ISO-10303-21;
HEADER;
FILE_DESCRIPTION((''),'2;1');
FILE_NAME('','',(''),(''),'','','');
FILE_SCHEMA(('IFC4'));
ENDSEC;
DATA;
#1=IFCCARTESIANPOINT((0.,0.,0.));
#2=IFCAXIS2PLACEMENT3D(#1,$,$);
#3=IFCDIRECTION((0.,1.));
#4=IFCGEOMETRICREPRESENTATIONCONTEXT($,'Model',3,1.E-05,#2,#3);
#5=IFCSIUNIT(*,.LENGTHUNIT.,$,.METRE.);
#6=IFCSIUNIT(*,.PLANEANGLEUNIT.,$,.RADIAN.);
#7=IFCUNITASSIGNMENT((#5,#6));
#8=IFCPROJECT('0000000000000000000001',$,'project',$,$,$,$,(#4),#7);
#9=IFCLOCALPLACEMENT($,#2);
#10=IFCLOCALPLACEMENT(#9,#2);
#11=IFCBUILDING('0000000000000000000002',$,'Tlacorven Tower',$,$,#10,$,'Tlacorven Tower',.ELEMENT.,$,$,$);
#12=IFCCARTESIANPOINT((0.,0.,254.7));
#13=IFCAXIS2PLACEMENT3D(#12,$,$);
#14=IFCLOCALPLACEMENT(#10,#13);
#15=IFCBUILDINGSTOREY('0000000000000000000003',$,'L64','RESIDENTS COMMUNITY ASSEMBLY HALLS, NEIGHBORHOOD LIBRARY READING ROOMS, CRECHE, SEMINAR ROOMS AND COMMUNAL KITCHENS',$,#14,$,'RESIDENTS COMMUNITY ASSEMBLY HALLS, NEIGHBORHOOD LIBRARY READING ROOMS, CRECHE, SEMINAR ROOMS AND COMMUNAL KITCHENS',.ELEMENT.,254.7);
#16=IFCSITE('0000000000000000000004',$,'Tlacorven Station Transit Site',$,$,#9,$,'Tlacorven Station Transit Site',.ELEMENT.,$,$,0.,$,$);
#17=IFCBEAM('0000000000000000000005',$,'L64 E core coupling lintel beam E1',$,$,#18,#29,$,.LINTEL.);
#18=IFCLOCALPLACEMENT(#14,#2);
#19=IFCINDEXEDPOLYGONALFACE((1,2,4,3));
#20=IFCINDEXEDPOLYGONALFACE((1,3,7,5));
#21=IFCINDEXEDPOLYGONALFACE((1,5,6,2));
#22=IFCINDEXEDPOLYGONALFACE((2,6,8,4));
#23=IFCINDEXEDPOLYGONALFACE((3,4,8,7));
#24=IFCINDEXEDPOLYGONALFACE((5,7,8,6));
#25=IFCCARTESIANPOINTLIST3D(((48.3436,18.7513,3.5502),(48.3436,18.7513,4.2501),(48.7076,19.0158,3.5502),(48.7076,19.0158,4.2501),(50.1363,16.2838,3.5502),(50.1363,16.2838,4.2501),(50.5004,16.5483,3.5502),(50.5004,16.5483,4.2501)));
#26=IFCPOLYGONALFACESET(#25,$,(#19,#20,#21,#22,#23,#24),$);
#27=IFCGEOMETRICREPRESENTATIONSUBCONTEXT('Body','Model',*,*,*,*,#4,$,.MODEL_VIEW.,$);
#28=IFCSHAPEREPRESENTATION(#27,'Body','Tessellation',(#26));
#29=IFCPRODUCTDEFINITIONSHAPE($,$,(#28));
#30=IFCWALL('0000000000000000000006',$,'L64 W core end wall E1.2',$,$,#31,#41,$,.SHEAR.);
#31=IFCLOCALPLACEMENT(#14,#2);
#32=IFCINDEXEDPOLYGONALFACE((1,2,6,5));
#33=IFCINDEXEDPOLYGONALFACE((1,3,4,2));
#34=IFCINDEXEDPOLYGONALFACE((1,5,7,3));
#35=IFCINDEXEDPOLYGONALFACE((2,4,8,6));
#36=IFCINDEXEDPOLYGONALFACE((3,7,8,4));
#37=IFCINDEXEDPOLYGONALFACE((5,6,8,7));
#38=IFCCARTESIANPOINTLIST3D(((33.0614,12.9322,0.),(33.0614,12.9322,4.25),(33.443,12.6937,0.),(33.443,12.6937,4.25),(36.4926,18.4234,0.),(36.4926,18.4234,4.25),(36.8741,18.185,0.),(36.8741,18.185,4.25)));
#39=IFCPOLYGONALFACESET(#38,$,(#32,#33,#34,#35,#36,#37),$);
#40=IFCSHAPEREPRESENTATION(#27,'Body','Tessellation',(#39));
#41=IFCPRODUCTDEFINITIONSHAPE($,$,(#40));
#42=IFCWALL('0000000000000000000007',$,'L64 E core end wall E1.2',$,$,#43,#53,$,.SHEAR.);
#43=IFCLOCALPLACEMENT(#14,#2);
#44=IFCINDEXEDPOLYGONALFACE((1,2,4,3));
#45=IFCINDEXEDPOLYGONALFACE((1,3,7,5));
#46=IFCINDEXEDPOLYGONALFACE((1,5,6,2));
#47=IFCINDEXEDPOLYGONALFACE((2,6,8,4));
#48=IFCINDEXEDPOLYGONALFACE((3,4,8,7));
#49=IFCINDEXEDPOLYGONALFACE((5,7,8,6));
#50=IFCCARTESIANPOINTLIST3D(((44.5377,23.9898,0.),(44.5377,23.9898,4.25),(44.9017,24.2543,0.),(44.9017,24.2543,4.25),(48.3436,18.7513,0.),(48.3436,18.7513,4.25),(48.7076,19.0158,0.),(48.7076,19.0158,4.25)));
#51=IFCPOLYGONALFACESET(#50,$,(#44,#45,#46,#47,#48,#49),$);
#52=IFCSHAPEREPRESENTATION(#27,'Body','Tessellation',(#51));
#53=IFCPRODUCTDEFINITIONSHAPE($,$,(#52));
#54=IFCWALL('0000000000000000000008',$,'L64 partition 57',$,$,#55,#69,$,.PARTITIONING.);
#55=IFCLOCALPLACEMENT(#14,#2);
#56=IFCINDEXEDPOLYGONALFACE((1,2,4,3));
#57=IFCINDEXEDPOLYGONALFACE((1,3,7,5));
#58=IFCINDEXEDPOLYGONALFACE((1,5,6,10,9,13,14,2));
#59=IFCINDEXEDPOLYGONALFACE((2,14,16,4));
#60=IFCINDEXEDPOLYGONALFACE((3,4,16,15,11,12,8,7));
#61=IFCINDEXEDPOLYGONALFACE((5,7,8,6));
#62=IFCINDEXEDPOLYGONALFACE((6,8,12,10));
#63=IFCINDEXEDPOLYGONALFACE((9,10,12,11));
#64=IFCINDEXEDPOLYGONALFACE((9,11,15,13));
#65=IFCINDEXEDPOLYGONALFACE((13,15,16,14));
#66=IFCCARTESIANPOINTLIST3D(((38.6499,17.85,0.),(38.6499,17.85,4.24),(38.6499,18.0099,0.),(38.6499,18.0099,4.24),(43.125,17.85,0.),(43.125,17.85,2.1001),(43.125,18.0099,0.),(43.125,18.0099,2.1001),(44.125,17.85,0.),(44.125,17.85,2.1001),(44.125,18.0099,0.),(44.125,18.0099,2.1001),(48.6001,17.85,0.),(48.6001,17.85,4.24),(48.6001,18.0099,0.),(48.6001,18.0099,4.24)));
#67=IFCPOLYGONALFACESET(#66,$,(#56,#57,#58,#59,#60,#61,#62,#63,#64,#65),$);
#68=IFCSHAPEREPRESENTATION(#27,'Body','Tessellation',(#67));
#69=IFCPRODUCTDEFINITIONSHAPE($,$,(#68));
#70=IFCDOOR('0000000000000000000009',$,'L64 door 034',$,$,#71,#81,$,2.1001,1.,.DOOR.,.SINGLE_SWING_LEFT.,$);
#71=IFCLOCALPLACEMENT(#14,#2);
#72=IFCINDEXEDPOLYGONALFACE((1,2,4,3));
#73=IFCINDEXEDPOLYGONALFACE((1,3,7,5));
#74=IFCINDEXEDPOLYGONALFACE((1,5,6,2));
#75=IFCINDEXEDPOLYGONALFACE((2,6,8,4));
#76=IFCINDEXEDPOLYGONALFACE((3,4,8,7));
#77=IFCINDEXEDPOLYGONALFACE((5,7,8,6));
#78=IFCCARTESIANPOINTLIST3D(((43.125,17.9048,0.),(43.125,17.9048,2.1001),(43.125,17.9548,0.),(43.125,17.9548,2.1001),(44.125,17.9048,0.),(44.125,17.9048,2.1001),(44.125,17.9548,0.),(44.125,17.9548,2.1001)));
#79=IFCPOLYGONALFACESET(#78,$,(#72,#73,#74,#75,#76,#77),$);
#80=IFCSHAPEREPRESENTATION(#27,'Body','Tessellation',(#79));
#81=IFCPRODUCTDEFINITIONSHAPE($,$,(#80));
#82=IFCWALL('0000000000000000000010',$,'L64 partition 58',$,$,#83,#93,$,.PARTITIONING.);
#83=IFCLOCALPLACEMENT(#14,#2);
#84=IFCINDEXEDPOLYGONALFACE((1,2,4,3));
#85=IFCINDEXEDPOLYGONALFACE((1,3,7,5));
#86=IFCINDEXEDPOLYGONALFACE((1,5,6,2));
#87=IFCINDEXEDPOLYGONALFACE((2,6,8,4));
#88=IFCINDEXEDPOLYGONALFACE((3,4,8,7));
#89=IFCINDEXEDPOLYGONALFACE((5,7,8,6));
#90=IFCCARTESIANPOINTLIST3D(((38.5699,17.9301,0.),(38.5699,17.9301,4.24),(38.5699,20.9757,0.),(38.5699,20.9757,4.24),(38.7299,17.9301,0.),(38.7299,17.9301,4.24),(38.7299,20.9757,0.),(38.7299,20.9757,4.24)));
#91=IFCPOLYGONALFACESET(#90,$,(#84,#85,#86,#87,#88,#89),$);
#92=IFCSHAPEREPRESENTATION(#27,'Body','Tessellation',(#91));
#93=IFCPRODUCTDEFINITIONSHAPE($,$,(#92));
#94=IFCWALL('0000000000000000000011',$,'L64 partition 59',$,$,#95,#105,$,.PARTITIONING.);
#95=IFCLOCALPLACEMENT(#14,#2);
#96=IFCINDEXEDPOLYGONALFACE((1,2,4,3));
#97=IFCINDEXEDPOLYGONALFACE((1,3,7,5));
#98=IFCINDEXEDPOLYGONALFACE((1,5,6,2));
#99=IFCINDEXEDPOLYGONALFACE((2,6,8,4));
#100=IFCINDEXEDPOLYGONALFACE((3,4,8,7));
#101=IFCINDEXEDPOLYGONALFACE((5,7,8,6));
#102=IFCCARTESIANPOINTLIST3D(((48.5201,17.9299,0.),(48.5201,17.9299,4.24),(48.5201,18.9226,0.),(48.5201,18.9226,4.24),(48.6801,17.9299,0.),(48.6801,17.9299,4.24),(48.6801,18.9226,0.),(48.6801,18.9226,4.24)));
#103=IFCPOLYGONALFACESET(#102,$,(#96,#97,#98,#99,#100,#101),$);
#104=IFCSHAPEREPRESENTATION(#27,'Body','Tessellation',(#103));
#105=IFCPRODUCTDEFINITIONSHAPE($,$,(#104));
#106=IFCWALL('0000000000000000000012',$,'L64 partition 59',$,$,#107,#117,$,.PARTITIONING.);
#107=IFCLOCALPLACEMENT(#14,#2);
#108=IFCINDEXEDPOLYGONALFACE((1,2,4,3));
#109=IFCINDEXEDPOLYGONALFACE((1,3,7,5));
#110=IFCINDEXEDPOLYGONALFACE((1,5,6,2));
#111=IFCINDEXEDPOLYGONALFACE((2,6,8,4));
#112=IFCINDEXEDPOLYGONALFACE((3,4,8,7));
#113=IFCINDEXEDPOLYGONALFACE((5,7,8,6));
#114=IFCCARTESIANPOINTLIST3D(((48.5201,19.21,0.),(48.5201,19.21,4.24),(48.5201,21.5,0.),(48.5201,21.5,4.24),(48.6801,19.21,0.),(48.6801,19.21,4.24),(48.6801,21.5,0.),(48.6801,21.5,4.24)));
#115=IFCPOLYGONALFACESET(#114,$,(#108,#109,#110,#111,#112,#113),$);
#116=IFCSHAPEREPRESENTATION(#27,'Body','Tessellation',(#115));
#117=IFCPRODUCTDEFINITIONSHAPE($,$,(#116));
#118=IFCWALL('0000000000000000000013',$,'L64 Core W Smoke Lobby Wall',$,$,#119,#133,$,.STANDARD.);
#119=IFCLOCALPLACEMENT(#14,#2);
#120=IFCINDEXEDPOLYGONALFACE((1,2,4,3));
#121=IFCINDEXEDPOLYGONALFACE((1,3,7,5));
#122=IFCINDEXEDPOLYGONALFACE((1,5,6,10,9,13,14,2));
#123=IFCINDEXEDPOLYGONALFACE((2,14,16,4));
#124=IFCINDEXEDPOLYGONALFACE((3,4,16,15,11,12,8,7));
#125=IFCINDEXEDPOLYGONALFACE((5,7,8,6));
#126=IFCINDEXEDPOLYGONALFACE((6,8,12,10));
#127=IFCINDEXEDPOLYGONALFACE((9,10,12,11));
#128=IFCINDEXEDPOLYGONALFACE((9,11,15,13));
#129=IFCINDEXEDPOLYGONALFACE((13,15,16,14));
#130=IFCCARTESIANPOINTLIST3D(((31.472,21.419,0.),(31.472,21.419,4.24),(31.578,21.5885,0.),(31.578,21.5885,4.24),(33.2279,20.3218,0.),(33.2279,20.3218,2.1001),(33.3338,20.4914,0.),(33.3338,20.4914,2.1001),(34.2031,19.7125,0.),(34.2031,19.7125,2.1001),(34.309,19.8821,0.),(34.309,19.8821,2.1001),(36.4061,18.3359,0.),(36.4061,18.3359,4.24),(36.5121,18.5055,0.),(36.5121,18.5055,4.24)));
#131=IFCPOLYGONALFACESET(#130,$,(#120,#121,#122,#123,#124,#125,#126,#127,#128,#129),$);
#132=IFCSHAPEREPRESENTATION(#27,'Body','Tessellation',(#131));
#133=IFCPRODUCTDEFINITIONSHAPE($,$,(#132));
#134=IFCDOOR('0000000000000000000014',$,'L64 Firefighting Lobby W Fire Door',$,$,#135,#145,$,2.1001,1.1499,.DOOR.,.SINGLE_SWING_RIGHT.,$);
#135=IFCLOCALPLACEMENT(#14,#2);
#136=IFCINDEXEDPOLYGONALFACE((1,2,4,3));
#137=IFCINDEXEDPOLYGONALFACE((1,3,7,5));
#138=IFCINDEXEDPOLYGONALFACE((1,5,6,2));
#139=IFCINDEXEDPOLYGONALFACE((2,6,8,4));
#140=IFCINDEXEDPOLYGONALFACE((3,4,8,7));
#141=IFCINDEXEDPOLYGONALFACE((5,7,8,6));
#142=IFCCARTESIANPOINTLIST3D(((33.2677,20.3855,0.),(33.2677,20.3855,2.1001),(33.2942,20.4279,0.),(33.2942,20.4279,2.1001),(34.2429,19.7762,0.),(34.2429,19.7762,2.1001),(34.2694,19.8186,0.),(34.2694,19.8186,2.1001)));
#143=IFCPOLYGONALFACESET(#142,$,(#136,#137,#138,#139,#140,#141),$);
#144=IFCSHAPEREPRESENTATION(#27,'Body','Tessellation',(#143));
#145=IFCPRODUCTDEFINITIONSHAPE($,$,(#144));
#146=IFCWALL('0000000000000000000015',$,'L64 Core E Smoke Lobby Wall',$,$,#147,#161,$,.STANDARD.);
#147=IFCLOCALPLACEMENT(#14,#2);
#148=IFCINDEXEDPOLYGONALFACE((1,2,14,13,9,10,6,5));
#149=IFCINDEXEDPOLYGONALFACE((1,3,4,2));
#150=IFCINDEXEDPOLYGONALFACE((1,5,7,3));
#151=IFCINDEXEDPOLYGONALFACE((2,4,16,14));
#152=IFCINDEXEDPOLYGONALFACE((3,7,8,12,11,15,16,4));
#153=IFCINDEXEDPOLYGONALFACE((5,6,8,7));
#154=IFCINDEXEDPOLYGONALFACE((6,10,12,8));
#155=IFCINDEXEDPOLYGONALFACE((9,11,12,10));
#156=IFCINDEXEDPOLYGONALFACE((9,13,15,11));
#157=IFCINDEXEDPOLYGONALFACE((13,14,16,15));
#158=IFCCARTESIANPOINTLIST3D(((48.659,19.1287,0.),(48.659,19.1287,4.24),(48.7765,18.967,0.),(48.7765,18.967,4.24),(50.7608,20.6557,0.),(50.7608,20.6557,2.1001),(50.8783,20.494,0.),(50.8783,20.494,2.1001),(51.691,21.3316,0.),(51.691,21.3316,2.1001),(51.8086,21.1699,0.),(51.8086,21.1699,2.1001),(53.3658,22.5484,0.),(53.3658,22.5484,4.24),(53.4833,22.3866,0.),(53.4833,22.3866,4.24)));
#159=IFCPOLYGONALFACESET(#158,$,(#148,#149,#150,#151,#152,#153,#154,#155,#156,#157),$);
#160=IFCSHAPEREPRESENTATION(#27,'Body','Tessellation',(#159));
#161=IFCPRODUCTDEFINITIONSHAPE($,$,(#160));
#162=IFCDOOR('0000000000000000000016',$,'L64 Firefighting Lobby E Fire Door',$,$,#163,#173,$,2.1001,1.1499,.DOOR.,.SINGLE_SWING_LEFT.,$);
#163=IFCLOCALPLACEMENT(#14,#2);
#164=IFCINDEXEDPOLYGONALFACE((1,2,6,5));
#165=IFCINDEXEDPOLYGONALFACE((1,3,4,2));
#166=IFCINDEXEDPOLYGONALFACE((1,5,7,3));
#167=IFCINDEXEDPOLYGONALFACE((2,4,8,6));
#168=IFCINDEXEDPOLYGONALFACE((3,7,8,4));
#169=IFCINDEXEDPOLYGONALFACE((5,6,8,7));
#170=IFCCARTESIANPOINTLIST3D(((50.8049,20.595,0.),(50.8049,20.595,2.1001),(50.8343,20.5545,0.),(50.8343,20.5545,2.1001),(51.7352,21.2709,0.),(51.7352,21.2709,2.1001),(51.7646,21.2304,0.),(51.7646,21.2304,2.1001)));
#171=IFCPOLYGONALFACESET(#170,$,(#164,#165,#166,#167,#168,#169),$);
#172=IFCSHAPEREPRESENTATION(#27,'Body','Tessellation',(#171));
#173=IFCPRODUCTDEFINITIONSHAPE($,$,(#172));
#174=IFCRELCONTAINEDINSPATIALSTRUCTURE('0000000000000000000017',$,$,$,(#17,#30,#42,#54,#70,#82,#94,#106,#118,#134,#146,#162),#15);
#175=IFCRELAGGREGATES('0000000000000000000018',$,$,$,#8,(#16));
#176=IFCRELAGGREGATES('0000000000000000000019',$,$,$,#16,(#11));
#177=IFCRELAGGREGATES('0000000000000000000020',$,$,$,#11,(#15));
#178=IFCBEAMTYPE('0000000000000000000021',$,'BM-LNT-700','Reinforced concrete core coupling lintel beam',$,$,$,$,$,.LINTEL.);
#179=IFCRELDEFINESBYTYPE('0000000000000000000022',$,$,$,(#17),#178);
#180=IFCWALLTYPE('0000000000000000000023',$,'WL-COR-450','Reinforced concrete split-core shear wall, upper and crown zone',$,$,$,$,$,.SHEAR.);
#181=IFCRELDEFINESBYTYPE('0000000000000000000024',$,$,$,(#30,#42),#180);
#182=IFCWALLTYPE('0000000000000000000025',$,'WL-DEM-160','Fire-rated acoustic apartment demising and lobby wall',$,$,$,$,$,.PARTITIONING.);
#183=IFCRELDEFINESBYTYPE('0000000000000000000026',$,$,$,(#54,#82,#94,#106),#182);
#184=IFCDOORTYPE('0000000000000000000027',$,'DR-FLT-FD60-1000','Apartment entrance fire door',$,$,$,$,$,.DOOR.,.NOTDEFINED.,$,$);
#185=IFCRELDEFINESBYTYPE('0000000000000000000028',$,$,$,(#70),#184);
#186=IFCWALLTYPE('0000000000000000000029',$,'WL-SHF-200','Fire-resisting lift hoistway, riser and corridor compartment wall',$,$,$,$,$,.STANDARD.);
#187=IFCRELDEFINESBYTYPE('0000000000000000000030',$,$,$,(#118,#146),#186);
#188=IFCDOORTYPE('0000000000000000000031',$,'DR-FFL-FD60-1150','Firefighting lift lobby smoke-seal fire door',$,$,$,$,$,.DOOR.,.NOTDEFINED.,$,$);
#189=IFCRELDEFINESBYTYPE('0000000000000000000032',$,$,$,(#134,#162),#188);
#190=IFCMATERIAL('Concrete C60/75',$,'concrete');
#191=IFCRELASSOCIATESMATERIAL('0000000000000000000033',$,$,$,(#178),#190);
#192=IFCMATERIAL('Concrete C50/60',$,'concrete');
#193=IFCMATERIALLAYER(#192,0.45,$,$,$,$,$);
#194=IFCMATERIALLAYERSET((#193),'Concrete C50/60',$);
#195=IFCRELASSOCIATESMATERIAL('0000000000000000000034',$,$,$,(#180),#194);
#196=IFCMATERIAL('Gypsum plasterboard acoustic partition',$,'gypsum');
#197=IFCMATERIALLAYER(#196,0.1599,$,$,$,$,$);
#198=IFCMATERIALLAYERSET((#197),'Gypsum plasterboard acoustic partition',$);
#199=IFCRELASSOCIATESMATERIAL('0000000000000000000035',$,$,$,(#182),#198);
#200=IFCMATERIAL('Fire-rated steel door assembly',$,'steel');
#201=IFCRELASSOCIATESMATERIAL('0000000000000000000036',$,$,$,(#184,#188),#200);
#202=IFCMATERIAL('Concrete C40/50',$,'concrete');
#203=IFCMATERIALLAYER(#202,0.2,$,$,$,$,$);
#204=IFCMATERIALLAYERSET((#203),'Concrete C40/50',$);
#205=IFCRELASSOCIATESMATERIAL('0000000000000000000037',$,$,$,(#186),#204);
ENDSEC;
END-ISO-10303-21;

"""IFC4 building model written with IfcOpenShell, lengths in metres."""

from ifc_helpers import new_model, si_unit, direction, frame, frame_2d, origin, origin_2d, place, context, subcontext, project, spatial, rectangle, extrude, source, transform, mapped, material, layer, layer_set, material_profile, profile_set, type_object, element, fill, save


model = new_model("IFC4")

# Units and contexts
model_context = context("Model", 3, precision=1e-05, world=origin(), true_north=direction((0.0, 1.0)))
body_context = subcontext(model_context, "Body", "Model", "MODEL_VIEW")
ifc_project = project(units=[si_unit("LENGTHUNIT", "METRE"), si_unit("PLANEANGLEUNIT", "RADIAN")], contexts=[model_context])

# Site, building, storey
site_placement = place(None, origin())
site = spatial("IfcSite", under=ifc_project, at=site_placement, Name="Tlacorven Station Transit Site", LongName="Tlacorven Station Transit Site", CompositionType="ELEMENT", RefElevation=0.0)
building_placement = place(site_placement, origin())
building = spatial("IfcBuilding", under=site, at=building_placement, Name="Tlacorven Tower", LongName="Tlacorven Tower", CompositionType="ELEMENT")
storey_placement = place(building_placement, frame((0.0, 0.0, 254.7)))
storey = spatial("IfcBuildingStorey", under=building, at=storey_placement, Name="L64", Description="RESIDENTS COMMUNITY ASSEMBLY HALLS, NEIGHBORHOOD LIBRARY READING ROOMS, CRECHE, SEMINAR ROOMS AND COMMUNAL KITCHENS", LongName="RESIDENTS COMMUNITY ASSEMBLY HALLS, NEIGHBORHOOD LIBRARY READING ROOMS, CRECHE, SEMINAR ROOMS AND COMMUNAL KITCHENS", CompositionType="ELEMENT", Elevation=254.7)

# Beam
ifc_material_1 = material(Name="Concrete C60/75", Category="concrete")
ifc_material_profile = material_profile(ifc_material_1, rectangle(XDim=0.45, YDim=0.7, at=origin_2d()), Name="RC 450X700")
ifc_profile_set = profile_set([ifc_material_profile], Name="Concrete C60/75")
beam_type = type_object("IfcBeamType", Name="BM-LNT-700", Description="Reinforced concrete core coupling lintel beam", PredefinedType="LINTEL", material=ifc_profile_set)
shared_shape_1 = source(origin(), body_context, "Body", "SweptSolid", [
    extrude(rectangle(XDim=0.45, YDim=0.7, at=origin_2d()), origin(), (0.0, 0.0, 1.0), 3.05),
])
beam_placement = place(storey_placement, frame((50.3184, 16.416, 3.9001), z_axis=(-0.587777, 0.809023, 0.0), x_axis=(-0.809023, -0.587777, 0.0)))
element("IfcBeam", 1, at=beam_placement, inside=storey, type_object=beam_type, Name="L64 E core coupling lintel beam E1", PredefinedType="LINTEL", context=body_context, shape_type="MappedRepresentation", body=[
    mapped(shared_shape_1, transform((0.0, 0.0, 0.0), scale=1.0)),
])

# Walls
ifc_material_2 = material(Name="Concrete C50/60", Category="concrete")
ifc_layer_1 = layer(ifc_material_2, 0.45)
ifc_layer_set_1 = layer_set([ifc_layer_1], Name="Concrete C50/60")
wall_type_1 = type_object("IfcWallType", Name="WL-COR-450", Description="Reinforced concrete split-core shear wall, upper and crown zone", PredefinedType="SHEAR", material=ifc_layer_set_1)
for number, where, z_axis, x_axis, name in (
    (2, (36.6833, 18.3042, 0.0), (0.0, 0.0, 1.0), (-0.529904, -0.848058, 0.0), "L64 W core end wall E1.2"),
    (3, (48.5256, 18.8835, 0.0), (0.0, 0.0, 1.0), (-0.587775, 0.809025, 0.0), "L64 E core end wall E1.2"),
):
    element("IfcWall", number, at=place(storey_placement, frame(where, z_axis=z_axis, x_axis=x_axis)), inside=storey, type_object=wall_type_1, Name=name, PredefinedType="SHEAR", context=body_context, shape_type="SweptSolid", body=[
        extrude(rectangle(XDim=6.4751, YDim=0.45, at=frame_2d((3.2375, 0.0))), origin(), (0.0, 0.0, 1.0), 4.25),
    ])

# Wall, opening, door
ifc_material_3 = material(Name="Gypsum plasterboard acoustic partition", Category="gypsum")
ifc_layer_2 = layer(ifc_material_3, 0.1599)
ifc_layer_set_2 = layer_set([ifc_layer_2], Name="Gypsum plasterboard acoustic partition")
wall_type_2 = type_object("IfcWallType", Name="WL-DEM-160", Description="Fire-rated acoustic apartment demising and lobby wall", PredefinedType="PARTITIONING", material=ifc_layer_set_2)
wall_1_placement = place(storey_placement, frame((38.6499, 17.9299, 0.0), z_axis=(0.0, 0.0, 1.0), x_axis=(1.0, 0.0, 0.0)))
wall_1 = element("IfcWall", 4, at=wall_1_placement, inside=storey, type_object=wall_type_2, Name="L64 partition 57", PredefinedType="PARTITIONING", context=body_context, shape_type="SweptSolid", body=[
    extrude(rectangle(XDim=9.9502, YDim=0.1599, at=frame_2d((4.9751, 0.0))), origin(), (0.0, 0.0, 1.0), 4.24),
])
opening_1_placement = place(wall_1_placement, frame((4.4751, 0.0, 0.0)))
opening_1 = element("IfcOpeningElement", 5, at=opening_1_placement, cuts=wall_1, PredefinedType="OPENING", context=body_context, shape_type="SweptSolid", body=[
    extrude(rectangle(XDim=1.0, YDim=2.1001, at=frame_2d((0.5, 1.05))), frame((0.0, 0.0898, 0.0), z_axis=(0.0, -1.0, 0.0), x_axis=(1.0, 0.0, 0.0)), (0.0, 0.0, 1.0), 0.1799),
])
ifc_material_4 = material(Name="Fire-rated steel door assembly", Category="steel")
door_type_1 = type_object("IfcDoorType", Name="DR-FLT-FD60-1000", Description="Apartment entrance fire door", OperationType="NOTDEFINED", PredefinedType="DOOR", material=ifc_material_4)
shared_shape_2 = source(origin(), body_context, "Body", "SweptSolid", [
    extrude(rectangle(XDim=1.0, YDim=2.1001, at=frame_2d((0.5, 1.05))), frame((0.0, 0.0249, 0.0), z_axis=(0.0, -1.0, 0.0), x_axis=(1.0, 0.0, 0.0)), (0.0, 0.0, 1.0), 0.05),
])
door_1_placement = place(opening_1_placement, origin())
door_1 = element("IfcDoor", 6, at=door_1_placement, inside=storey, type_object=door_type_1, Name="L64 door 034", OperationType="SINGLE_SWING_LEFT", OverallHeight=2.1001, OverallWidth=1.0, PredefinedType="DOOR", context=body_context, shape_type="MappedRepresentation", body=[
    mapped(shared_shape_2, transform((0.0, 0.0, 0.0), scale=1.0)),
])
fill(opening_1, door_1)

# Walls
wall_2_placement = place(storey_placement, frame((38.6499, 17.9299, 0.0), z_axis=(0.0, 0.0, 1.0), x_axis=(0.0, 1.0, 0.0)))
element("IfcWall", 7, at=wall_2_placement, inside=storey, type_object=wall_type_2, Name="L64 partition 58", PredefinedType="PARTITIONING", context=body_context, shape_type="SweptSolid", body=[
    extrude(rectangle(XDim=3.0457, YDim=0.1599, at=frame_2d((1.5229, 0.0))), origin(), (0.0, 0.0, 1.0), 4.24),
])
wall_3_placement = place(storey_placement, frame((48.6001, 17.9299, 0.0), z_axis=(0.0, 0.0, 1.0), x_axis=(0.0, 1.0, 0.0)))
element("IfcWall", 8, at=wall_3_placement, inside=storey, type_object=wall_type_2, Name="L64 partition 59", PredefinedType="PARTITIONING", context=body_context, shape_type="SweptSolid", body=[
    extrude(rectangle(XDim=0.9927, YDim=0.1599, at=frame_2d((0.4963, 0.0))), origin(), (0.0, 0.0, 1.0), 4.24),
])
wall_4_placement = place(storey_placement, frame((48.6001, 19.21, 0.0), z_axis=(0.0, 0.0, 1.0), x_axis=(0.0, 1.0, 0.0)))
element("IfcWall", 9, at=wall_4_placement, inside=storey, type_object=wall_type_2, Name="L64 partition 59", PredefinedType="PARTITIONING", context=body_context, shape_type="SweptSolid", body=[
    extrude(rectangle(XDim=2.29, YDim=0.1599, at=frame_2d((1.145, 0.0))), origin(), (0.0, 0.0, 1.0), 4.24),
])

# Walls, openings, doors
ifc_material_5 = material(Name="Concrete C40/50", Category="concrete")
ifc_layer_3 = layer(ifc_material_5, 0.2)
ifc_layer_set_3 = layer_set([ifc_layer_3], Name="Concrete C40/50")
wall_type_3 = type_object("IfcWallType", Name="WL-SHF-200", Description="Fire-resisting lift hoistway, riser and corridor compartment wall", PredefinedType="STANDARD", material=ifc_layer_set_3)
wall_5_placement = place(storey_placement, frame((36.4592, 18.4207, 0.0), z_axis=(0.0, 0.0, 1.0), x_axis=(-0.84806, 0.529901, 0.0)))
wall_5 = element("IfcWall", 10, at=wall_5_placement, inside=storey, type_object=wall_type_3, Name="L64 Core W Smoke Lobby Wall", PredefinedType="STANDARD", context=body_context, shape_type="SweptSolid", body=[
    extrude(rectangle(XDim=5.8181, YDim=0.2, at=frame_2d((2.9092, 0.0))), origin(), (0.0, 0.0, 1.0), 4.24),
])
opening_2_placement = place(wall_5_placement, frame((2.5979, 0.0, 0.0)))
opening_2 = element("IfcOpeningElement", 11, at=opening_2_placement, cuts=wall_5, PredefinedType="OPENING", context=body_context, shape_type="SweptSolid", body=[
    extrude(rectangle(XDim=1.1499, YDim=2.1001, at=frame_2d((0.575, 1.05))), frame((0.0, 0.1099, 0.0), z_axis=(0.0, -1.0, 0.0), x_axis=(1.0, 0.0, 0.0)), (0.0, 0.0, 1.0), 0.22),
])
door_type_2 = type_object("IfcDoorType", Name="DR-FFL-FD60-1150", Description="Firefighting lift lobby smoke-seal fire door", OperationType="NOTDEFINED", PredefinedType="DOOR", material=ifc_material_4)
shared_shape_3 = source(origin(), body_context, "Body", "SweptSolid", [
    extrude(rectangle(XDim=1.1499, YDim=2.1001, at=frame_2d((0.575, 1.05))), frame((0.0, 0.0249, 0.0), z_axis=(0.0, -1.0, 0.0), x_axis=(1.0, 0.0, 0.0)), (0.0, 0.0, 1.0), 0.05),
])
door_2_placement = place(opening_2_placement, origin())
door_2 = element("IfcDoor", 12, at=door_2_placement, inside=storey, type_object=door_type_2, Name="L64 Firefighting Lobby W Fire Door", OperationType="SINGLE_SWING_RIGHT", OverallHeight=2.1001, OverallWidth=1.1499, PredefinedType="DOOR", context=body_context, shape_type="MappedRepresentation", body=[
    mapped(shared_shape_3, transform((0.0, 0.0, 0.0), scale=1.0)),
])
fill(opening_2, door_2)
wall_6_placement = place(storey_placement, frame((48.7178, 19.0479, 0.0), z_axis=(0.0, 0.0, 1.0), x_axis=(0.809017, 0.587785, 0.0)))
wall_6 = element("IfcWall", 13, at=wall_6_placement, inside=storey, type_object=wall_type_3, Name="L64 Core E Smoke Lobby Wall", PredefinedType="STANDARD", context=body_context, shape_type="SweptSolid", body=[
    extrude(rectangle(XDim=5.8179, YDim=0.2, at=frame_2d((2.9089, 0.0))), origin(), (0.0, 0.0, 1.0), 4.24),
])
opening_3_placement = place(wall_6_placement, frame((2.5979, 0.0, 0.0)))
opening_3 = element("IfcOpeningElement", 14, at=opening_3_placement, cuts=wall_6, PredefinedType="OPENING", context=body_context, shape_type="SweptSolid", body=[
    extrude(rectangle(XDim=1.1499, YDim=2.1001, at=frame_2d((0.575, 1.05))), frame((0.0, 0.1099, 0.0), z_axis=(0.0, -1.0, 0.0), x_axis=(1.0, 0.0, 0.0)), (0.0, 0.0, 1.0), 0.22),
])
door_3_placement = place(opening_3_placement, origin())
door_3 = element("IfcDoor", 15, at=door_3_placement, inside=storey, type_object=door_type_2, Name="L64 Firefighting Lobby E Fire Door", OperationType="SINGLE_SWING_LEFT", OverallHeight=2.1001, OverallWidth=1.1499, PredefinedType="DOOR", context=body_context, shape_type="MappedRepresentation", body=[
    mapped(shared_shape_3, transform((0.0, 0.0, 0.0), scale=1.0)),
])
fill(opening_3, door_3)

save(model, "model.ifc")
